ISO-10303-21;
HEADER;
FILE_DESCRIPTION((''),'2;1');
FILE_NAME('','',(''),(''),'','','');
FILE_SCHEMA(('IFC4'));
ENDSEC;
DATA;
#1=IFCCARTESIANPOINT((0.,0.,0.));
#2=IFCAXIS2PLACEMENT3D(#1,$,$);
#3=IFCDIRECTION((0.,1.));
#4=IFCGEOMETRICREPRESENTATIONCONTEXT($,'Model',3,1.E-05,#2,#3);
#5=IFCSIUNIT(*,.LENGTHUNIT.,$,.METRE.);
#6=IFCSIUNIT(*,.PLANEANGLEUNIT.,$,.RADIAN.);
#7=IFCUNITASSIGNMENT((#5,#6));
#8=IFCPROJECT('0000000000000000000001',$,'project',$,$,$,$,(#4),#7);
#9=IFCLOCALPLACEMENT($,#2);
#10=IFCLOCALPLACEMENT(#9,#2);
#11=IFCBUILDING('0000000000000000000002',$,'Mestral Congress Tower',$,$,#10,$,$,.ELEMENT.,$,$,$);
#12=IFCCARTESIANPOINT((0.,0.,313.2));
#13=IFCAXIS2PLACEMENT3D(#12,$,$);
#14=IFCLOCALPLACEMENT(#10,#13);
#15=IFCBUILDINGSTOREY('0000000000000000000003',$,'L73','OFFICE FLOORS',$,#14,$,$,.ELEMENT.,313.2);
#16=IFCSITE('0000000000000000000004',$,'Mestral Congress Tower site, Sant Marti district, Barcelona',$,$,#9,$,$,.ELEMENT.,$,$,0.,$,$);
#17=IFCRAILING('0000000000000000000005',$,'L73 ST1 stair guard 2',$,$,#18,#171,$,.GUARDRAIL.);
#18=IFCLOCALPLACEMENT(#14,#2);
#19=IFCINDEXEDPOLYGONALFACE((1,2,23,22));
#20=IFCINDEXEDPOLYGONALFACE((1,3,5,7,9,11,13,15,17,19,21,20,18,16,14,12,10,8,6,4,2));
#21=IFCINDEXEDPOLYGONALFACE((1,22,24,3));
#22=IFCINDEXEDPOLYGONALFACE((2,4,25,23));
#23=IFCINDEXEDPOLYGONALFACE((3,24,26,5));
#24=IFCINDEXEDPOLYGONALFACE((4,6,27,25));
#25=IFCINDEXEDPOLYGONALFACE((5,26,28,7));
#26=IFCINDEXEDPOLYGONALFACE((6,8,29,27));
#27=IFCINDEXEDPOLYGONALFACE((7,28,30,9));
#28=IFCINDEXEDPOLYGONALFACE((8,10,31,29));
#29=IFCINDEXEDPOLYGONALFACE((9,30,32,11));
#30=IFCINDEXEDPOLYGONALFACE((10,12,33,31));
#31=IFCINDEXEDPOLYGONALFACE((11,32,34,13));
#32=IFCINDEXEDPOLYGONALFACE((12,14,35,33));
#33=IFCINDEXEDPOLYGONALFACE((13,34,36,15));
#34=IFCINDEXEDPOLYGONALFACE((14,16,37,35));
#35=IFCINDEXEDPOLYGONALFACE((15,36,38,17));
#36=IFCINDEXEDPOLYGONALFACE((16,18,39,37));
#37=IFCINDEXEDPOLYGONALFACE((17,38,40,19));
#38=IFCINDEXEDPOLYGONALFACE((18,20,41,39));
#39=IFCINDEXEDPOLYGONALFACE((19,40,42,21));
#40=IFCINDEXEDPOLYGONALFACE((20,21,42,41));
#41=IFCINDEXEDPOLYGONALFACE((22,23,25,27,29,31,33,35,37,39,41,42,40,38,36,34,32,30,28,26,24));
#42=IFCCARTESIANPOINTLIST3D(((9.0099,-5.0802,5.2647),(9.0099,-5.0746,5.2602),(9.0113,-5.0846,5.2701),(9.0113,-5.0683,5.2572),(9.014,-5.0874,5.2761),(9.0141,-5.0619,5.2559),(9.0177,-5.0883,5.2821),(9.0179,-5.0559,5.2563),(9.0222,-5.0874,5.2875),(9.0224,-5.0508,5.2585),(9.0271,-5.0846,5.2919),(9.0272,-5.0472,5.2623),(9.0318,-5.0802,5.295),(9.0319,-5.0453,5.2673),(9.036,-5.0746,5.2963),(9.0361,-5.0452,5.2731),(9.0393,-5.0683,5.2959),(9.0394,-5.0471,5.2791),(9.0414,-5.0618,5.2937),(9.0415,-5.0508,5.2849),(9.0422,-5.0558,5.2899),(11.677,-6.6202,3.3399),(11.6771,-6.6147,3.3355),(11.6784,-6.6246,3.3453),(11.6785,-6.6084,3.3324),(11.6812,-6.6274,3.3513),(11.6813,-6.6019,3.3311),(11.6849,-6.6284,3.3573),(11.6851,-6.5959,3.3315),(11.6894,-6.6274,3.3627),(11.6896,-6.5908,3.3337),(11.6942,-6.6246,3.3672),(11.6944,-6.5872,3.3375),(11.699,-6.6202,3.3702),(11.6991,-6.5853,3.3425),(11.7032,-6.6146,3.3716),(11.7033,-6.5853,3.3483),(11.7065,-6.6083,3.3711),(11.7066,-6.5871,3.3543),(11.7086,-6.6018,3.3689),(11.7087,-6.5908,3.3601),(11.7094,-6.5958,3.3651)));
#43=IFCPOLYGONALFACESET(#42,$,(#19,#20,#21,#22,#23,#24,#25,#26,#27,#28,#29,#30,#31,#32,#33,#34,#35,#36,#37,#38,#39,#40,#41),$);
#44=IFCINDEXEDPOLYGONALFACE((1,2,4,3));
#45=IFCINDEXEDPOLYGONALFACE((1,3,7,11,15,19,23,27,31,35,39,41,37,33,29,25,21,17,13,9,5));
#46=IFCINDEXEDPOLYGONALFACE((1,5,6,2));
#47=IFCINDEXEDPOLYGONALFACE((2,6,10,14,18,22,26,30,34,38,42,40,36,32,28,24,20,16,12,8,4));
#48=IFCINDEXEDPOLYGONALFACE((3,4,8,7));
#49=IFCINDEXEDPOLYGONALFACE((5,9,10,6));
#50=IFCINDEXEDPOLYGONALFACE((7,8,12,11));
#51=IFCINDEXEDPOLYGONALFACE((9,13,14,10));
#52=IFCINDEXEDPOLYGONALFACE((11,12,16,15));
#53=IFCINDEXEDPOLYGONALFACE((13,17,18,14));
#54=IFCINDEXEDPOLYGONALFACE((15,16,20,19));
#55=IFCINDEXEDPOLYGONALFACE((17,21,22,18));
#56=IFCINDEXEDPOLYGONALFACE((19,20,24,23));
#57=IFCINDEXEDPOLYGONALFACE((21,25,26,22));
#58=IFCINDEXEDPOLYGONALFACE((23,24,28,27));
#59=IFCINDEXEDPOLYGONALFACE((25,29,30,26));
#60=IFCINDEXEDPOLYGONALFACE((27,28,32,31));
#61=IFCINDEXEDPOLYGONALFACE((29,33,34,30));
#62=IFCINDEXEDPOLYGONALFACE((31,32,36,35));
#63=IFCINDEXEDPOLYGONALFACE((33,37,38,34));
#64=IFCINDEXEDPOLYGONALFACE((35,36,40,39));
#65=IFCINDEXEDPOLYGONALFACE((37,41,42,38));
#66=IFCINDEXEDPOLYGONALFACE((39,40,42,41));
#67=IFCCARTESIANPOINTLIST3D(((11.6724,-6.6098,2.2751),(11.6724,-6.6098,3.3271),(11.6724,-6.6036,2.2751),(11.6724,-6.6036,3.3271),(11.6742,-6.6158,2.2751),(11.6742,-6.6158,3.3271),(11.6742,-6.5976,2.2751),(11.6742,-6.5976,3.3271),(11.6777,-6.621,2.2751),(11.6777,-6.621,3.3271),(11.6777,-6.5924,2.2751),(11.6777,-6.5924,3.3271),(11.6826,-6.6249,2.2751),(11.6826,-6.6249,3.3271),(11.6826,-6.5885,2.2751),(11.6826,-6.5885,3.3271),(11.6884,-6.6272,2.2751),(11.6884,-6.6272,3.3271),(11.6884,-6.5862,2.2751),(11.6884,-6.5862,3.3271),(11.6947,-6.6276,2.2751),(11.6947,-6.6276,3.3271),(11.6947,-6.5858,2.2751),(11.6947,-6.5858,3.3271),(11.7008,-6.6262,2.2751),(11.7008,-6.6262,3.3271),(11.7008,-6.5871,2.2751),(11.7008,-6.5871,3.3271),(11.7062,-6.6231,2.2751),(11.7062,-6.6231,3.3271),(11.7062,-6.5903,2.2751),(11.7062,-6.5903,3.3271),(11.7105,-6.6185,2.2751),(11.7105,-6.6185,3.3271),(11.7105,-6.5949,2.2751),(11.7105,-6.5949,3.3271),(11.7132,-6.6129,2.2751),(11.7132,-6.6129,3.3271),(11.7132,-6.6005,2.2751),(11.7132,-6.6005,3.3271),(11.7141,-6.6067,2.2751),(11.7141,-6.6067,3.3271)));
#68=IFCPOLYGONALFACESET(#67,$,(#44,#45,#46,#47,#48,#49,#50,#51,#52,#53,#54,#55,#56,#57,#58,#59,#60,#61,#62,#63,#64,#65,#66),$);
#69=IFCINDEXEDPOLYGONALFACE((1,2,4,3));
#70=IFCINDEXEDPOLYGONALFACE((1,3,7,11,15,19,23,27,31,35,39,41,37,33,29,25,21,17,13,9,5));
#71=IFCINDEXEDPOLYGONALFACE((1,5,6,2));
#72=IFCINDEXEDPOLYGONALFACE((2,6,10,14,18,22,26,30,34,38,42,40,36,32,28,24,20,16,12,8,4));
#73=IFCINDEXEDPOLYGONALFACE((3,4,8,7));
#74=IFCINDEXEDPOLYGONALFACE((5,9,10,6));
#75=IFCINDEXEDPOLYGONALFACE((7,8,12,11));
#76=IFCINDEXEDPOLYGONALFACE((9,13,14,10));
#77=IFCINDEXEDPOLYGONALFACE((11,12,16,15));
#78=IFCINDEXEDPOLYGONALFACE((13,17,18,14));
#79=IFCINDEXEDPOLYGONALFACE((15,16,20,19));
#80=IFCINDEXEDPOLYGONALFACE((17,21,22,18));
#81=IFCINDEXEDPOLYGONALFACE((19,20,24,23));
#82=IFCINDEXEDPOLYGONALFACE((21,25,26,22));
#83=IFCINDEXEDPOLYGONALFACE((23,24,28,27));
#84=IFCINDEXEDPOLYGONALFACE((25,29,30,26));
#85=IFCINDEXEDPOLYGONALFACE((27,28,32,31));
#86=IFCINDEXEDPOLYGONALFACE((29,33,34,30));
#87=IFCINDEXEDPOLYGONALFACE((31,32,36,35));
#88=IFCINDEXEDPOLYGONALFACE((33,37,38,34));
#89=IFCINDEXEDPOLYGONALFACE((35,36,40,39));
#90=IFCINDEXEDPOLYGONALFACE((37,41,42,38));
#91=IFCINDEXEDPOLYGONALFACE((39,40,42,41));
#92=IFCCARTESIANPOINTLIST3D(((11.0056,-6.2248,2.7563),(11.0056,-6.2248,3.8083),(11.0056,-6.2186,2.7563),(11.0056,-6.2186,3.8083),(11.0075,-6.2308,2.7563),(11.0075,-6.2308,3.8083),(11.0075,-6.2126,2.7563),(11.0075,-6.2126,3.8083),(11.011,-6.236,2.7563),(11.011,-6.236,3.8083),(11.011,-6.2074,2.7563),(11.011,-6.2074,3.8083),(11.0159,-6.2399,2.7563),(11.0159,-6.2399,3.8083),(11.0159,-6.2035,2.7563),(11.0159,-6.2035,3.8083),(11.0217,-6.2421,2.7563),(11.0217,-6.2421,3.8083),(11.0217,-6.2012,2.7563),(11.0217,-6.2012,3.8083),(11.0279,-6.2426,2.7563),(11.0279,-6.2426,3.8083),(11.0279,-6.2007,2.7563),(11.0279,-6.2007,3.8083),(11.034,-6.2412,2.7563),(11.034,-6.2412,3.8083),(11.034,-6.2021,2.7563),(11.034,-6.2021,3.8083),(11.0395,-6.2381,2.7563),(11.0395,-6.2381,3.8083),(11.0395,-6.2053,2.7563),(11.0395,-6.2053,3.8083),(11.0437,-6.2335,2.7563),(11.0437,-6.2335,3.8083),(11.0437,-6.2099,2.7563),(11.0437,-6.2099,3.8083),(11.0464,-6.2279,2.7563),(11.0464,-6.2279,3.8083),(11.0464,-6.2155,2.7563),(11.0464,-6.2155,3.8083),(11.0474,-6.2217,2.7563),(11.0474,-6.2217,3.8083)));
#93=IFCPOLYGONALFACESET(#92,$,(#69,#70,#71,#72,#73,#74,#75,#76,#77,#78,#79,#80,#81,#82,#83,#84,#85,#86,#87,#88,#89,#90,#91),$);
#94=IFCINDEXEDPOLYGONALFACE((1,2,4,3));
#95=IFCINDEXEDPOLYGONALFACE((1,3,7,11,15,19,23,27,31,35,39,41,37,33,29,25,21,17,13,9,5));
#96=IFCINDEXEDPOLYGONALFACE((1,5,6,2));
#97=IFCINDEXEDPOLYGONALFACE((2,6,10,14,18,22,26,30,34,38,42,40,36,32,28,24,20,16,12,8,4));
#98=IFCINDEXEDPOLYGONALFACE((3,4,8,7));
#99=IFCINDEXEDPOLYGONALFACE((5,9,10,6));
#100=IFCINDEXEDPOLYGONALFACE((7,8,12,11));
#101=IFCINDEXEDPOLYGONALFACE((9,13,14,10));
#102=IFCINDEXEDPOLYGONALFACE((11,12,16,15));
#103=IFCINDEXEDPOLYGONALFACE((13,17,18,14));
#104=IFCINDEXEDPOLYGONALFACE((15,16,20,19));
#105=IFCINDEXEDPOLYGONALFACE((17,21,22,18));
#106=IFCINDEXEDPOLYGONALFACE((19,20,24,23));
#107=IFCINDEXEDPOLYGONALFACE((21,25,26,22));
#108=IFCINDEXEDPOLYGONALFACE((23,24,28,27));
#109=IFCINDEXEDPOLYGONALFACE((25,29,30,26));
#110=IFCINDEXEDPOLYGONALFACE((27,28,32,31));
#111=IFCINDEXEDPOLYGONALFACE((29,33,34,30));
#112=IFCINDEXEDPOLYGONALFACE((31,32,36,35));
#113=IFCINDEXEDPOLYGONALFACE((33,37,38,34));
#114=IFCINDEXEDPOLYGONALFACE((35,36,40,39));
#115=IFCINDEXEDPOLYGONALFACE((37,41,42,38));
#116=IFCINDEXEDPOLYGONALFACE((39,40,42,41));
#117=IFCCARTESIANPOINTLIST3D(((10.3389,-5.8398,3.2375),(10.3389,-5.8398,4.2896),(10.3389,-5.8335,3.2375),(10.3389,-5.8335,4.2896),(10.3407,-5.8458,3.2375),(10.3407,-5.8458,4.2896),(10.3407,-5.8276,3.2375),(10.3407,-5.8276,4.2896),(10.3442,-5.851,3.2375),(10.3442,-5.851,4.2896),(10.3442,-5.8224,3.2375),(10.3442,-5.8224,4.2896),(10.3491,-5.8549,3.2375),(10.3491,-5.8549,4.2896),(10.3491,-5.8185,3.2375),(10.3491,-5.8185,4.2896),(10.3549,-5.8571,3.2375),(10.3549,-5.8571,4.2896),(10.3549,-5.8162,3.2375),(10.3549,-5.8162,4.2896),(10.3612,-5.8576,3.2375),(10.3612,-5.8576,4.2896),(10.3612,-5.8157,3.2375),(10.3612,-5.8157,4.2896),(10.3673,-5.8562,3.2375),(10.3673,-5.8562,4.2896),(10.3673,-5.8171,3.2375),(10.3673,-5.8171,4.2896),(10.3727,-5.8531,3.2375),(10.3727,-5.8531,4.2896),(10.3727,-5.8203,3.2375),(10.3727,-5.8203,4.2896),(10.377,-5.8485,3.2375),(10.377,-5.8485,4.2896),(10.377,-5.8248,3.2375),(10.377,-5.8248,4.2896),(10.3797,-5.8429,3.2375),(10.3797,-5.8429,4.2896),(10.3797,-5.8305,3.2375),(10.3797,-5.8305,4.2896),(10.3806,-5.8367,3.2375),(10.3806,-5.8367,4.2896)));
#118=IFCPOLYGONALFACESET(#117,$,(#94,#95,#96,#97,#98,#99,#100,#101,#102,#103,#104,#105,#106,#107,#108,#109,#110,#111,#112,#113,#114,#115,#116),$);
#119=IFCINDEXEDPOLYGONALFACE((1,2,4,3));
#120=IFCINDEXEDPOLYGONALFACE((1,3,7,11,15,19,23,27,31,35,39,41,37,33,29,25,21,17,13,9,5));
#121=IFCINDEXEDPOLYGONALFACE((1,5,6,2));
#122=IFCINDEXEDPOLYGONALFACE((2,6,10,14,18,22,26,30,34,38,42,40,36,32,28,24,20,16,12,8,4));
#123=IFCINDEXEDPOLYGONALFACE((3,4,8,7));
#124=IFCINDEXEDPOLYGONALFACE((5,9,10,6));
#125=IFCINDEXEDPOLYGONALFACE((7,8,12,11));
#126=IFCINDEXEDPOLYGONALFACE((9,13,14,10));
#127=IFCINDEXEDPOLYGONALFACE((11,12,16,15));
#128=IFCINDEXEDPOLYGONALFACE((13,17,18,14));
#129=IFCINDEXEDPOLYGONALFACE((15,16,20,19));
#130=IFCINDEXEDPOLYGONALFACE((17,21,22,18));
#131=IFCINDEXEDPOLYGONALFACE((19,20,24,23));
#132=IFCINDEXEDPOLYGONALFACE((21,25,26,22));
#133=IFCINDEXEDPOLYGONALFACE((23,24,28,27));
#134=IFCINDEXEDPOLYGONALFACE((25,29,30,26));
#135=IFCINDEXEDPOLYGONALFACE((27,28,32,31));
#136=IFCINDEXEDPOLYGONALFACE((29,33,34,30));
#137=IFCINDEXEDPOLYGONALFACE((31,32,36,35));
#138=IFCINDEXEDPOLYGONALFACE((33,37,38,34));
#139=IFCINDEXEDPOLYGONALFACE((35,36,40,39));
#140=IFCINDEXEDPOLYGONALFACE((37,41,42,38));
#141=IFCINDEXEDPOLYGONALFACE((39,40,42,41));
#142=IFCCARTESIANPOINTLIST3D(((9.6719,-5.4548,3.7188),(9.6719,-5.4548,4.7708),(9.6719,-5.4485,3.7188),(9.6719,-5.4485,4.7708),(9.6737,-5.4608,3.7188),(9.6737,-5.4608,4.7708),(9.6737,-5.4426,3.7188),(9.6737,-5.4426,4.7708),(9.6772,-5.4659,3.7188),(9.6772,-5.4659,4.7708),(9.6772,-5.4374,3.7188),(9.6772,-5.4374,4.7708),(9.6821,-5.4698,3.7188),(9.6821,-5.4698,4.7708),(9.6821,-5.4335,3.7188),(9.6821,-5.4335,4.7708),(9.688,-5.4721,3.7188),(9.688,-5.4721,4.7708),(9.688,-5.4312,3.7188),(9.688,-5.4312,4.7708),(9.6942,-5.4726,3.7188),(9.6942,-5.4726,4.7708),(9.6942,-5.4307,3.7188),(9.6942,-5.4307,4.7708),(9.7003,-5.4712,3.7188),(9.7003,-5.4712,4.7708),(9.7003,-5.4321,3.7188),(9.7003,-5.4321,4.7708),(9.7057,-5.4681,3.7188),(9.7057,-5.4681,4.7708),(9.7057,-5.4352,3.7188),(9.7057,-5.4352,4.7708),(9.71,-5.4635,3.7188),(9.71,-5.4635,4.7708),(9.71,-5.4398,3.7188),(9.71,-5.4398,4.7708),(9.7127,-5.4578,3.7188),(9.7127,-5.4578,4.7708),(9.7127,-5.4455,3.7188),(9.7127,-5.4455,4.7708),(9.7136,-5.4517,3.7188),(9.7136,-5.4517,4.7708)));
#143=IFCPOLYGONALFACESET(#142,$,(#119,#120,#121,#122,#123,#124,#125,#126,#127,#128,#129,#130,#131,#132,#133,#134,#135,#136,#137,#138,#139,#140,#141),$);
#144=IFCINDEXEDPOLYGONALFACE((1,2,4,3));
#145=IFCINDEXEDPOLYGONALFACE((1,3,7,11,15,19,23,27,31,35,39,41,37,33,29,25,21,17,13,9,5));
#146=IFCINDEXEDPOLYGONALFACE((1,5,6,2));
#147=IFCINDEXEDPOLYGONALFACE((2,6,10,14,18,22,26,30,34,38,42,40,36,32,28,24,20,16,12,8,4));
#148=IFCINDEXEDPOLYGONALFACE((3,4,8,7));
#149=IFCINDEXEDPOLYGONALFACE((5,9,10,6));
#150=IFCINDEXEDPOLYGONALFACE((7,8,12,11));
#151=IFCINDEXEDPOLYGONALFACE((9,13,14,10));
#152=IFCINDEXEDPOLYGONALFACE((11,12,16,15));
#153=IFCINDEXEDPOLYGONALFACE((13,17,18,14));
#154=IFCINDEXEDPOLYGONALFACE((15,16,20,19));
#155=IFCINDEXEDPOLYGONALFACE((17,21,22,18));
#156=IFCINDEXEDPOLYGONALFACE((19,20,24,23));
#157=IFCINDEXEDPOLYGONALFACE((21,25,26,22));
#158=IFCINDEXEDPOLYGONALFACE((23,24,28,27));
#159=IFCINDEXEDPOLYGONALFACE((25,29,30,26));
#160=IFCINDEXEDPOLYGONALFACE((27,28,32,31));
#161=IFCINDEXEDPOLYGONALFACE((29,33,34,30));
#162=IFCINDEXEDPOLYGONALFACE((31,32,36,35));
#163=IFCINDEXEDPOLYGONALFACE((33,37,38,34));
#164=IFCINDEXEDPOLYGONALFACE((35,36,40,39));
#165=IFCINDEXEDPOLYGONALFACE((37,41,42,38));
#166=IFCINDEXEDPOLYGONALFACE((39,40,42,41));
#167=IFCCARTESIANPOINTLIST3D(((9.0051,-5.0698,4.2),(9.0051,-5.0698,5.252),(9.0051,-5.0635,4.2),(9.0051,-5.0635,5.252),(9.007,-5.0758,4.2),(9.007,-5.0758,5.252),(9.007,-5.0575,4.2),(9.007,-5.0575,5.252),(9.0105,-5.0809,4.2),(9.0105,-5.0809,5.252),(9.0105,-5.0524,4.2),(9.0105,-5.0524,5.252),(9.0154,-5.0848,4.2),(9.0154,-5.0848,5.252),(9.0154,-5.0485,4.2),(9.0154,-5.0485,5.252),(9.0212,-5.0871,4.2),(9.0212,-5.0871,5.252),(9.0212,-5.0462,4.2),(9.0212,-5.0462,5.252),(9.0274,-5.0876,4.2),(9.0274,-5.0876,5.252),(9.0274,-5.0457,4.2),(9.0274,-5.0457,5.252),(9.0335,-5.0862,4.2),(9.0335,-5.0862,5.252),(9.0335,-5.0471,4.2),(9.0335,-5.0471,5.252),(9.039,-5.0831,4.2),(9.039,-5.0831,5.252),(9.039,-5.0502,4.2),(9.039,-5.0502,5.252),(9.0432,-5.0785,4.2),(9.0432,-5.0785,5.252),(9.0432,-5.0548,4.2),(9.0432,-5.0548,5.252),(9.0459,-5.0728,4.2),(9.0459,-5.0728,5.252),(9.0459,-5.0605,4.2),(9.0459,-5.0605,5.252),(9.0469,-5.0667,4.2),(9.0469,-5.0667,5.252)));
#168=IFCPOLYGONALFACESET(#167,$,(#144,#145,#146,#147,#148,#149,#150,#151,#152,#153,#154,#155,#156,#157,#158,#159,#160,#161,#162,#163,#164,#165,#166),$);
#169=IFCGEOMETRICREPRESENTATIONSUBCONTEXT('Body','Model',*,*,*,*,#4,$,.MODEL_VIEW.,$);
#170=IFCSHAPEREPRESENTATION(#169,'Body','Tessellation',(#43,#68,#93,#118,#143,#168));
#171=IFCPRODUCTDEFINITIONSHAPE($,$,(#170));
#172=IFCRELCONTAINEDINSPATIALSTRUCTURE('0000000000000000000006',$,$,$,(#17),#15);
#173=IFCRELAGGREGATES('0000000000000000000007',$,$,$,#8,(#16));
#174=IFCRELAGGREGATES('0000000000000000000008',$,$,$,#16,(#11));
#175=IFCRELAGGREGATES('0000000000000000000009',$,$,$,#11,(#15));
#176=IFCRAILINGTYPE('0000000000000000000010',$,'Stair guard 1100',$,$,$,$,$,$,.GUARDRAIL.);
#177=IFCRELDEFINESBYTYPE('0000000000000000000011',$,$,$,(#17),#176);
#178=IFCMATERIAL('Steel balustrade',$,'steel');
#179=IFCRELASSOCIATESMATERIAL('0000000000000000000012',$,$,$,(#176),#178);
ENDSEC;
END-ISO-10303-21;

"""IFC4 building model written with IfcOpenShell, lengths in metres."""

from ifc_helpers import new_model, si_unit, direction, frame, origin, origin_2d, place, context, subcontext, project, spatial, circle, extrude, material, type_object, element, save


model = new_model("IFC4")

# Units and contexts
model_context = context("Model", 3, precision=1e-05, world=origin(), true_north=direction((0.0, 1.0)))
body_context = subcontext(model_context, "Body", "Model", "MODEL_VIEW")
ifc_project = project(units=[si_unit("LENGTHUNIT", "METRE"), si_unit("PLANEANGLEUNIT", "RADIAN")], contexts=[model_context])

# Site, building, storey
site_placement = place(None, origin())
site = spatial("IfcSite", under=ifc_project, at=site_placement, Name="Mestral Congress Tower site, Sant Marti district, Barcelona", CompositionType="ELEMENT", RefElevation=0.0)
building_placement = place(site_placement, origin())
building = spatial("IfcBuilding", under=site, at=building_placement, Name="Mestral Congress Tower", CompositionType="ELEMENT")
storey_placement = place(building_placement, frame((0.0, 0.0, 313.2)))
storey = spatial("IfcBuildingStorey", under=building, at=storey_placement, Name="L73", Description="OFFICE FLOORS", CompositionType="ELEMENT", Elevation=313.2)

# Railing
ifc_material_1 = material(Name="Steel balustrade", Category="steel")
railing_type_1 = type_object("IfcRailingType", Name="Stair guard 1100", PredefinedType="GUARDRAIL", material=ifc_material_1)
railing_1_placement = place(storey_placement, frame((11.6931, -6.6067, 2.2751)))
element("IfcRailing", 1, at=railing_1_placement, inside=storey, type_object=railing_type_1, Name="L73 ST1 stair guard 2", PredefinedType="GUARDRAIL", context=body_context, shape_type="SweptSolid", body=[
    extrude(circle(Radius=0.0239, at=origin_2d()), frame((0.0, 0.0, 1.0762), z_axis=(-0.73439, 0.424031, 0.529971), x_axis=(-0.500027, -0.86601, 0.0)), (0.0, 0.0, 1.0), 3.6318),
    extrude(circle(Radius=0.021, at=origin_2d()), origin(), (0.0, 0.0, 1.0), 1.052),
    extrude(circle(Radius=0.021, at=origin_2d()), frame((-0.6667, 0.385, 0.4812)), (0.0, 0.0, 1.0), 1.052),
    extrude(circle(Radius=0.021, at=origin_2d()), frame((-1.3335, 0.77, 0.9624)), (0.0, 0.0, 1.0), 1.052),
    extrude(circle(Radius=0.021, at=origin_2d()), frame((-2.0005, 1.155, 1.4436)), (0.0, 0.0, 1.0), 1.052),
    extrude(circle(Radius=0.021, at=origin_2d()), frame((-2.6672, 1.54, 1.9248)), (0.0, 0.0, 1.0), 1.052),
])

save(model, "model.ifc")
